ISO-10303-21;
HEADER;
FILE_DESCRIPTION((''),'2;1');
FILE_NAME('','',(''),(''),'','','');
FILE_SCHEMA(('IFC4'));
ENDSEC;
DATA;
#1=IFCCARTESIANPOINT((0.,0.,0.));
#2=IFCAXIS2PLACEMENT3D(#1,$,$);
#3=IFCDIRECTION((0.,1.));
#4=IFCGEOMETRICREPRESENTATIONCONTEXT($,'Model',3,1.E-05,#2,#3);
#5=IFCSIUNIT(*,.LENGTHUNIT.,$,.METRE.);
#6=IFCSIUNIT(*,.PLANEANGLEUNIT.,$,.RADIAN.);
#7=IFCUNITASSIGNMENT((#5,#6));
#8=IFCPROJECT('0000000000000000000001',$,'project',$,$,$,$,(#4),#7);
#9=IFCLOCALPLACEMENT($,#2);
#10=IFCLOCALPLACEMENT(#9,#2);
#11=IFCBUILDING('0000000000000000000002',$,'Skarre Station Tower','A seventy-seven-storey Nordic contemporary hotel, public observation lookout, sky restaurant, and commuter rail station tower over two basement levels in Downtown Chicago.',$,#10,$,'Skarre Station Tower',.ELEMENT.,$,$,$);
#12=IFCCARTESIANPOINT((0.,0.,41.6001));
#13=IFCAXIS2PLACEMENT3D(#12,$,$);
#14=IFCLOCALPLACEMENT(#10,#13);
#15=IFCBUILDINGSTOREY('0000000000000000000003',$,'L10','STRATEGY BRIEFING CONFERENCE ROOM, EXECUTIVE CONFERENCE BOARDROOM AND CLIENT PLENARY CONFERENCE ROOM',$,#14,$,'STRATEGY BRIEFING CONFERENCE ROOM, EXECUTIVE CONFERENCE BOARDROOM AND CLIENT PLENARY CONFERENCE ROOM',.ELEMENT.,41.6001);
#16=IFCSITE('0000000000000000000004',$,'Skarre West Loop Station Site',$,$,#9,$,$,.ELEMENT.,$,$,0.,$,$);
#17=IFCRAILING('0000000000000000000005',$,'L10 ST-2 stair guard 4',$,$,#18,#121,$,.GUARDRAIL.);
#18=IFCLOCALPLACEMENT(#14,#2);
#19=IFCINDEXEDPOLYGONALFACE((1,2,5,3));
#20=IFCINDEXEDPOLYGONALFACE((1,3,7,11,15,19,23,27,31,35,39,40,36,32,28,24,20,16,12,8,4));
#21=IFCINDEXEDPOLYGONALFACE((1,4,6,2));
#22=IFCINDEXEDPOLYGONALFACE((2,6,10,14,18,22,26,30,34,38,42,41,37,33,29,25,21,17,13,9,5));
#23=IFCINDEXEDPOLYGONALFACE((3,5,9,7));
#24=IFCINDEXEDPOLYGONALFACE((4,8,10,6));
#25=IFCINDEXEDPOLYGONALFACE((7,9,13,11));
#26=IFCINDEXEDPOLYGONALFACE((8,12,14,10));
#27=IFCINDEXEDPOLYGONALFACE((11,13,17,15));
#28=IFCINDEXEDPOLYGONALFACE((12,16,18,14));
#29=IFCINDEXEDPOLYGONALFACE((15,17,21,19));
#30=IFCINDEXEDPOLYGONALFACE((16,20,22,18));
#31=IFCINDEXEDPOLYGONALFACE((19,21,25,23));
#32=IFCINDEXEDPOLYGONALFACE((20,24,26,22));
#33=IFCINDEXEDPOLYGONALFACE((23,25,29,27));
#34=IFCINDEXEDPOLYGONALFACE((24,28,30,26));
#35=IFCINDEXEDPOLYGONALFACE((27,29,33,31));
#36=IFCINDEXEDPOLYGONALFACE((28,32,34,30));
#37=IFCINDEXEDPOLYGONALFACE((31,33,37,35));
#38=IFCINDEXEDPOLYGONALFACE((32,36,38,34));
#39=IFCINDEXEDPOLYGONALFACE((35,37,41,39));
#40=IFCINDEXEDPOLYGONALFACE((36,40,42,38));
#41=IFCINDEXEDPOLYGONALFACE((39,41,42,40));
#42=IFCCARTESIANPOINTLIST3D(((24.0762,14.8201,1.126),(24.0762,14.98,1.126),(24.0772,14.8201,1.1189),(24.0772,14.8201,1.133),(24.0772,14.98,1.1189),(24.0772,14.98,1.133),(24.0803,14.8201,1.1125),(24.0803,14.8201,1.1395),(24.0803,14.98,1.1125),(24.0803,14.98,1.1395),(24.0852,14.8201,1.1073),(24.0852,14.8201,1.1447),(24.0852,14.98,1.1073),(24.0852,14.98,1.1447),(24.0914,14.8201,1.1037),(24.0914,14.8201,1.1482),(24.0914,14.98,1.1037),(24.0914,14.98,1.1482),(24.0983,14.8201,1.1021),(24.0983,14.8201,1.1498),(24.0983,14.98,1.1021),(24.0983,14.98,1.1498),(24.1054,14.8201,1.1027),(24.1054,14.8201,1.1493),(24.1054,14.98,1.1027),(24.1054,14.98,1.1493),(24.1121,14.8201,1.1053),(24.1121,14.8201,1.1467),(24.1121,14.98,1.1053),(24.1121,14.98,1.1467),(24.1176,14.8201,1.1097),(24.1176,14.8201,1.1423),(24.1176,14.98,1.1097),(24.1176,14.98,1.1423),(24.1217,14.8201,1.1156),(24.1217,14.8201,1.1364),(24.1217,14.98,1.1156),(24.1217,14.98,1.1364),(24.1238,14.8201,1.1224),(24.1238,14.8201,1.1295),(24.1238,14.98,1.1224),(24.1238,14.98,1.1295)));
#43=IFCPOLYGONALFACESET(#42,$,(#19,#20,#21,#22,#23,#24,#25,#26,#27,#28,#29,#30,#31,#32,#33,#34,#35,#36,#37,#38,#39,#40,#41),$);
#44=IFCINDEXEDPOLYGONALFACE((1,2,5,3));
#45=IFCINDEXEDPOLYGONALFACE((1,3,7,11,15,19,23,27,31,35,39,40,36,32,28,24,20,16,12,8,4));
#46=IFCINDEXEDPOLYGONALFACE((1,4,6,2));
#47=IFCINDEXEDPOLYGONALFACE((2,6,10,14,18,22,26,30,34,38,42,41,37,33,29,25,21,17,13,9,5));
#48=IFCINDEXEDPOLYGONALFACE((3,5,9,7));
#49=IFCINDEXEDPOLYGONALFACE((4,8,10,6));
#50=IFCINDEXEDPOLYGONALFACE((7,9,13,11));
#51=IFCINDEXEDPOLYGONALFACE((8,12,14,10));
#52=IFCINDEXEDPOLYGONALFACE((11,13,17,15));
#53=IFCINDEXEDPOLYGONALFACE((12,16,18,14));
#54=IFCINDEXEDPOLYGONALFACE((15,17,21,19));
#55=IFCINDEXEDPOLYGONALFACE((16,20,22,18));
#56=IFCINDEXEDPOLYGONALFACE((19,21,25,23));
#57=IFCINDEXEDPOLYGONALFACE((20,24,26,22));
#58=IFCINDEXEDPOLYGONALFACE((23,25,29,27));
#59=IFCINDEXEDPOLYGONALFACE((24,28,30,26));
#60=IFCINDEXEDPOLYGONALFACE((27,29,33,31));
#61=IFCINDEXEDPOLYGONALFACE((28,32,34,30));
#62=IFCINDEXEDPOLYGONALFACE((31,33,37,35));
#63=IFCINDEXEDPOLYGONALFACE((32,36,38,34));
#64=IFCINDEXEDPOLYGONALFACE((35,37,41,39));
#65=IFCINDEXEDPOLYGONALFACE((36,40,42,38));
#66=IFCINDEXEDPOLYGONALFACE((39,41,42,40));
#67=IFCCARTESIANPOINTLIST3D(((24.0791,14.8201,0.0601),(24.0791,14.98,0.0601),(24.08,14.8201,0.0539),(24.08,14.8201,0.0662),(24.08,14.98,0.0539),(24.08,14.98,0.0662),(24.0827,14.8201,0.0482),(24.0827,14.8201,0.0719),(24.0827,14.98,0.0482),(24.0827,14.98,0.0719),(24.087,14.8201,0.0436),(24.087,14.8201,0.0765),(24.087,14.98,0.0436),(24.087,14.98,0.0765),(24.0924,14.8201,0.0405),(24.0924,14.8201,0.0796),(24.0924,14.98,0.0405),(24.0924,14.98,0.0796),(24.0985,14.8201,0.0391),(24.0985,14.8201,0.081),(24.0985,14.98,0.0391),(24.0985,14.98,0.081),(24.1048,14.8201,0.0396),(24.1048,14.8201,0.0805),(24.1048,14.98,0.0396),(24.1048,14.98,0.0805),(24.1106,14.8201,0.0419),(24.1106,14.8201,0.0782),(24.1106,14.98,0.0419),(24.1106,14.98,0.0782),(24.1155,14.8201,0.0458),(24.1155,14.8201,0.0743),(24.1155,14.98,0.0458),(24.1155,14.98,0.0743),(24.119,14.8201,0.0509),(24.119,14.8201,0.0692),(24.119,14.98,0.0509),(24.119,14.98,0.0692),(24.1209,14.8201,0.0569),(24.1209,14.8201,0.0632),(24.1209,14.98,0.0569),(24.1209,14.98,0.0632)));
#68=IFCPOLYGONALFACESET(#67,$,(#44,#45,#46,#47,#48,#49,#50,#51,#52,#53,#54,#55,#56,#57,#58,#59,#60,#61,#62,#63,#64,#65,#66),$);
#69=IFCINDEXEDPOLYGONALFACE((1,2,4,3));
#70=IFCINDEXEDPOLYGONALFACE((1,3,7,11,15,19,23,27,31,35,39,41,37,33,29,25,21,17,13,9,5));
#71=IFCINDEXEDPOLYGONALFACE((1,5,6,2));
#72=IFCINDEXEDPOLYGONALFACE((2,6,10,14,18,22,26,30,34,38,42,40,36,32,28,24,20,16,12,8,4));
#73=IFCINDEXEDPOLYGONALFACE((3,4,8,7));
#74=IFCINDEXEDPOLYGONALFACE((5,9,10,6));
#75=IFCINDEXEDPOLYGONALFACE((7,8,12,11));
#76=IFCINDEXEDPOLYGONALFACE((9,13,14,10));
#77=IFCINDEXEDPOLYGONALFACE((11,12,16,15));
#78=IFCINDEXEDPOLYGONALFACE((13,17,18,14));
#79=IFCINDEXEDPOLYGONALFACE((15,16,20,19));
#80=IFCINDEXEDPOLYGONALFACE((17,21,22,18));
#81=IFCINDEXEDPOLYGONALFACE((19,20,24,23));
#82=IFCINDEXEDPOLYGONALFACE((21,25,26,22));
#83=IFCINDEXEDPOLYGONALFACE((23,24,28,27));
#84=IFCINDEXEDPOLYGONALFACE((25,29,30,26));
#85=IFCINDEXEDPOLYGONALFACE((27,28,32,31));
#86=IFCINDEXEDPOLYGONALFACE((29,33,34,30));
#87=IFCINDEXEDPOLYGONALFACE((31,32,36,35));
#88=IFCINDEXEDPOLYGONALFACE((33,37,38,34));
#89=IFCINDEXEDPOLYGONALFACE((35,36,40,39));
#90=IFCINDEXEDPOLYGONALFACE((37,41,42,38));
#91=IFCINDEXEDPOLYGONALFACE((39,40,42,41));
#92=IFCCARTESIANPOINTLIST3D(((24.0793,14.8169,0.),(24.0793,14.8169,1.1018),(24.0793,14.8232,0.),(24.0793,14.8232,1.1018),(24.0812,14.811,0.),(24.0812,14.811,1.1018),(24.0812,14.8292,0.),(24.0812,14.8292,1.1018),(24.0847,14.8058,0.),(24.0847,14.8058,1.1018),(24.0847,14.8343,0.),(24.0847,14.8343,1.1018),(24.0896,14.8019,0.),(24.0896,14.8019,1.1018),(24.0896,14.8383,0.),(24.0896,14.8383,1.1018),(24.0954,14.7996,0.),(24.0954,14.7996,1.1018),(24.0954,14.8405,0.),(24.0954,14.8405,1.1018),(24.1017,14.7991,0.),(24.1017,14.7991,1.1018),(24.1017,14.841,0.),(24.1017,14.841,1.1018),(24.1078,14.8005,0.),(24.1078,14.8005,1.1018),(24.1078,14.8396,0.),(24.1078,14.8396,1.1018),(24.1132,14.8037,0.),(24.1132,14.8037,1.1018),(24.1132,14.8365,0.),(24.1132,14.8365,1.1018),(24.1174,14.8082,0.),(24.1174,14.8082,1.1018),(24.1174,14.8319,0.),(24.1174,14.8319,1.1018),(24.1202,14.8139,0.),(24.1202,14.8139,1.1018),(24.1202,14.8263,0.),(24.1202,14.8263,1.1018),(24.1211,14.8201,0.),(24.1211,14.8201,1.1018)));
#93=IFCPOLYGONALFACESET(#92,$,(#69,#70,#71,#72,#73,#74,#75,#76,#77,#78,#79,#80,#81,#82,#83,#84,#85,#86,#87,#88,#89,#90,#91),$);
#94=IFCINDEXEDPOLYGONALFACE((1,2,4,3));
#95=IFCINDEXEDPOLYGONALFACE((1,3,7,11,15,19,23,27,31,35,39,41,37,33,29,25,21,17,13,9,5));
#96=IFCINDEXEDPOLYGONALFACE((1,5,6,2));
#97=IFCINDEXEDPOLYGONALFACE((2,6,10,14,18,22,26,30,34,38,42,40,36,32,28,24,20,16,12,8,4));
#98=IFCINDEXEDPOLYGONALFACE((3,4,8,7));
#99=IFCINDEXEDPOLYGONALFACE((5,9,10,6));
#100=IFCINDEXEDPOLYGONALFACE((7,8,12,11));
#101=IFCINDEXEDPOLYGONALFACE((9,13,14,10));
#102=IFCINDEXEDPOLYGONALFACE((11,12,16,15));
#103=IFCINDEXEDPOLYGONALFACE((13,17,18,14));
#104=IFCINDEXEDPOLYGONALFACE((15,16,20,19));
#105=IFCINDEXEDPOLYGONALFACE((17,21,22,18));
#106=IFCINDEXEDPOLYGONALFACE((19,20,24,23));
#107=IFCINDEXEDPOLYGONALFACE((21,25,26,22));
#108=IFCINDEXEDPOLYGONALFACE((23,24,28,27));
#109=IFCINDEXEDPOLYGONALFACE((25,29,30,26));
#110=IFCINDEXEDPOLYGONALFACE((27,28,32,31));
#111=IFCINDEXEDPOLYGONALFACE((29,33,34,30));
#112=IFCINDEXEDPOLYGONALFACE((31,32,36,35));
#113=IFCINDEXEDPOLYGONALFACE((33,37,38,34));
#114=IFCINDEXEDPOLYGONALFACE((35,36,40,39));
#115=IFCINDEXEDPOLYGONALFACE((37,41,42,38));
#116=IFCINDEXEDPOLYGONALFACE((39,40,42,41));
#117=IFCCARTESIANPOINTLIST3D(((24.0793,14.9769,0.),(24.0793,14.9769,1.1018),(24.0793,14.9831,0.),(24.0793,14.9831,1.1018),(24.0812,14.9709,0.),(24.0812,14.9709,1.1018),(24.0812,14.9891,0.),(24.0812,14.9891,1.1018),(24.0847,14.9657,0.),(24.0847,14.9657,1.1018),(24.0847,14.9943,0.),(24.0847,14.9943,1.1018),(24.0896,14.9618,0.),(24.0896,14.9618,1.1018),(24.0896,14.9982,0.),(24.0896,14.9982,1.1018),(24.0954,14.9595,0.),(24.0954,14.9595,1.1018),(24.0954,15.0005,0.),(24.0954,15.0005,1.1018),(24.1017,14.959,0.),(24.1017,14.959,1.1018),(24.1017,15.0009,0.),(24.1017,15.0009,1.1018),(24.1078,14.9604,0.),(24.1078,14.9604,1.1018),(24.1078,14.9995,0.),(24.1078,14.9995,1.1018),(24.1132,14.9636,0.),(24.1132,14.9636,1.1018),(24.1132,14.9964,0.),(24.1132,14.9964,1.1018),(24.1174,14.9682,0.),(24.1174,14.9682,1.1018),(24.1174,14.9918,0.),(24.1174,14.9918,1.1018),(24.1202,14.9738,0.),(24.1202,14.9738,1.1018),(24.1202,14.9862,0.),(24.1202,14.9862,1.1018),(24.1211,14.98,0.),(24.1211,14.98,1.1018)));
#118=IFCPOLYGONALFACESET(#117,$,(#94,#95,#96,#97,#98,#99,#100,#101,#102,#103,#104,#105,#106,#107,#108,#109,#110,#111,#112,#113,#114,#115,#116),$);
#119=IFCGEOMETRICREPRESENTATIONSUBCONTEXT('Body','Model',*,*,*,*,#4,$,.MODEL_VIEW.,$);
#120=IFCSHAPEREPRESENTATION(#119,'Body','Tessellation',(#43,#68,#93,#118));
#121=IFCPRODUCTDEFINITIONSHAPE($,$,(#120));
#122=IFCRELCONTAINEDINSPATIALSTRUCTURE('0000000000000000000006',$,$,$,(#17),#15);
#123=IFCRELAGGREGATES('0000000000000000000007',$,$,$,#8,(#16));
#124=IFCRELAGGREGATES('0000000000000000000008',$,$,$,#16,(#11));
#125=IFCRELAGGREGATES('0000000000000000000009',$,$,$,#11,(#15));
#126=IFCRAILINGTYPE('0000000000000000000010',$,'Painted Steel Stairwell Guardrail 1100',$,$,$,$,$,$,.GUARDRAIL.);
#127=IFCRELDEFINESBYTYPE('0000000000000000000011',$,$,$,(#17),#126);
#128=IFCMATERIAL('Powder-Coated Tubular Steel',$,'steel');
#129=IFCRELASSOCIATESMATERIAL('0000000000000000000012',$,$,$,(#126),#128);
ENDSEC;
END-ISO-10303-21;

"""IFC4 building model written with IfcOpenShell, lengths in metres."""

from ifc_helpers import new_model, si_unit, direction, frame, origin, origin_2d, place, context, subcontext, project, spatial, circle, extrude, material, type_object, element, save


model = new_model("IFC4")

# Units and contexts
model_context = context("Model", 3, precision=1e-05, world=origin(), true_north=direction((0.0, 1.0)))
body_context = subcontext(model_context, "Body", "Model", "MODEL_VIEW")
ifc_project = project(units=[si_unit("LENGTHUNIT", "METRE"), si_unit("PLANEANGLEUNIT", "RADIAN")], contexts=[model_context])

# Site, building, storey
site_placement = place(None, origin())
site = spatial("IfcSite", under=ifc_project, at=site_placement, Name="Skarre West Loop Station Site", CompositionType="ELEMENT", RefElevation=0.0)
building_placement = place(site_placement, origin())
building = spatial("IfcBuilding", under=site, at=building_placement, Name="Skarre Station Tower", Description="A seventy-seven-storey Nordic contemporary hotel, public observation lookout, sky restaurant, and commuter rail station tower over two basement levels in Downtown Chicago.", LongName="Skarre Station Tower", CompositionType="ELEMENT")
storey_placement = place(building_placement, frame((0.0, 0.0, 41.6001)))
storey = spatial("IfcBuildingStorey", under=building, at=storey_placement, Name="L10", Description="STRATEGY BRIEFING CONFERENCE ROOM, EXECUTIVE CONFERENCE BOARDROOM AND CLIENT PLENARY CONFERENCE ROOM", LongName="STRATEGY BRIEFING CONFERENCE ROOM, EXECUTIVE CONFERENCE BOARDROOM AND CLIENT PLENARY CONFERENCE ROOM", CompositionType="ELEMENT", Elevation=41.6001)

# Railing
ifc_material_1 = material(Name="Powder-Coated Tubular Steel", Category="steel")
railing_type_1 = type_object("IfcRailingType", Name="Painted Steel Stairwell Guardrail 1100", PredefinedType="GUARDRAIL", material=ifc_material_1)
railing_1_placement = place(storey_placement, frame((24.1001, 14.8201, 0.0)))
element("IfcRailing", 1, at=railing_1_placement, inside=storey, type_object=railing_type_1, Name="L10 ST-2 stair guard 4", PredefinedType="GUARDRAIL", context=body_context, shape_type="SweptSolid", body=[
    extrude(circle(Radius=0.0239, at=origin_2d()), frame((0.0, 0.0, 1.126), z_axis=(0.0, 1.0, 0.0), x_axis=(-1.0, 0.0, 0.0)), (0.0, 0.0, 1.0), 0.1599),
    extrude(circle(Radius=0.021, at=origin_2d()), frame((0.0, 0.0, 0.0601), z_axis=(0.0, 1.0, 0.0), x_axis=(-1.0, 0.0, 0.0)), (0.0, 0.0, 1.0), 0.1599),
    extrude(circle(Radius=0.021, at=origin_2d()), origin(), (0.0, 0.0, 1.0), 1.1018),
    extrude(circle(Radius=0.021, at=origin_2d()), frame((0.0, 0.1599, 0.0)), (0.0, 0.0, 1.0), 1.1018),
])

save(model, "model.ifc")
